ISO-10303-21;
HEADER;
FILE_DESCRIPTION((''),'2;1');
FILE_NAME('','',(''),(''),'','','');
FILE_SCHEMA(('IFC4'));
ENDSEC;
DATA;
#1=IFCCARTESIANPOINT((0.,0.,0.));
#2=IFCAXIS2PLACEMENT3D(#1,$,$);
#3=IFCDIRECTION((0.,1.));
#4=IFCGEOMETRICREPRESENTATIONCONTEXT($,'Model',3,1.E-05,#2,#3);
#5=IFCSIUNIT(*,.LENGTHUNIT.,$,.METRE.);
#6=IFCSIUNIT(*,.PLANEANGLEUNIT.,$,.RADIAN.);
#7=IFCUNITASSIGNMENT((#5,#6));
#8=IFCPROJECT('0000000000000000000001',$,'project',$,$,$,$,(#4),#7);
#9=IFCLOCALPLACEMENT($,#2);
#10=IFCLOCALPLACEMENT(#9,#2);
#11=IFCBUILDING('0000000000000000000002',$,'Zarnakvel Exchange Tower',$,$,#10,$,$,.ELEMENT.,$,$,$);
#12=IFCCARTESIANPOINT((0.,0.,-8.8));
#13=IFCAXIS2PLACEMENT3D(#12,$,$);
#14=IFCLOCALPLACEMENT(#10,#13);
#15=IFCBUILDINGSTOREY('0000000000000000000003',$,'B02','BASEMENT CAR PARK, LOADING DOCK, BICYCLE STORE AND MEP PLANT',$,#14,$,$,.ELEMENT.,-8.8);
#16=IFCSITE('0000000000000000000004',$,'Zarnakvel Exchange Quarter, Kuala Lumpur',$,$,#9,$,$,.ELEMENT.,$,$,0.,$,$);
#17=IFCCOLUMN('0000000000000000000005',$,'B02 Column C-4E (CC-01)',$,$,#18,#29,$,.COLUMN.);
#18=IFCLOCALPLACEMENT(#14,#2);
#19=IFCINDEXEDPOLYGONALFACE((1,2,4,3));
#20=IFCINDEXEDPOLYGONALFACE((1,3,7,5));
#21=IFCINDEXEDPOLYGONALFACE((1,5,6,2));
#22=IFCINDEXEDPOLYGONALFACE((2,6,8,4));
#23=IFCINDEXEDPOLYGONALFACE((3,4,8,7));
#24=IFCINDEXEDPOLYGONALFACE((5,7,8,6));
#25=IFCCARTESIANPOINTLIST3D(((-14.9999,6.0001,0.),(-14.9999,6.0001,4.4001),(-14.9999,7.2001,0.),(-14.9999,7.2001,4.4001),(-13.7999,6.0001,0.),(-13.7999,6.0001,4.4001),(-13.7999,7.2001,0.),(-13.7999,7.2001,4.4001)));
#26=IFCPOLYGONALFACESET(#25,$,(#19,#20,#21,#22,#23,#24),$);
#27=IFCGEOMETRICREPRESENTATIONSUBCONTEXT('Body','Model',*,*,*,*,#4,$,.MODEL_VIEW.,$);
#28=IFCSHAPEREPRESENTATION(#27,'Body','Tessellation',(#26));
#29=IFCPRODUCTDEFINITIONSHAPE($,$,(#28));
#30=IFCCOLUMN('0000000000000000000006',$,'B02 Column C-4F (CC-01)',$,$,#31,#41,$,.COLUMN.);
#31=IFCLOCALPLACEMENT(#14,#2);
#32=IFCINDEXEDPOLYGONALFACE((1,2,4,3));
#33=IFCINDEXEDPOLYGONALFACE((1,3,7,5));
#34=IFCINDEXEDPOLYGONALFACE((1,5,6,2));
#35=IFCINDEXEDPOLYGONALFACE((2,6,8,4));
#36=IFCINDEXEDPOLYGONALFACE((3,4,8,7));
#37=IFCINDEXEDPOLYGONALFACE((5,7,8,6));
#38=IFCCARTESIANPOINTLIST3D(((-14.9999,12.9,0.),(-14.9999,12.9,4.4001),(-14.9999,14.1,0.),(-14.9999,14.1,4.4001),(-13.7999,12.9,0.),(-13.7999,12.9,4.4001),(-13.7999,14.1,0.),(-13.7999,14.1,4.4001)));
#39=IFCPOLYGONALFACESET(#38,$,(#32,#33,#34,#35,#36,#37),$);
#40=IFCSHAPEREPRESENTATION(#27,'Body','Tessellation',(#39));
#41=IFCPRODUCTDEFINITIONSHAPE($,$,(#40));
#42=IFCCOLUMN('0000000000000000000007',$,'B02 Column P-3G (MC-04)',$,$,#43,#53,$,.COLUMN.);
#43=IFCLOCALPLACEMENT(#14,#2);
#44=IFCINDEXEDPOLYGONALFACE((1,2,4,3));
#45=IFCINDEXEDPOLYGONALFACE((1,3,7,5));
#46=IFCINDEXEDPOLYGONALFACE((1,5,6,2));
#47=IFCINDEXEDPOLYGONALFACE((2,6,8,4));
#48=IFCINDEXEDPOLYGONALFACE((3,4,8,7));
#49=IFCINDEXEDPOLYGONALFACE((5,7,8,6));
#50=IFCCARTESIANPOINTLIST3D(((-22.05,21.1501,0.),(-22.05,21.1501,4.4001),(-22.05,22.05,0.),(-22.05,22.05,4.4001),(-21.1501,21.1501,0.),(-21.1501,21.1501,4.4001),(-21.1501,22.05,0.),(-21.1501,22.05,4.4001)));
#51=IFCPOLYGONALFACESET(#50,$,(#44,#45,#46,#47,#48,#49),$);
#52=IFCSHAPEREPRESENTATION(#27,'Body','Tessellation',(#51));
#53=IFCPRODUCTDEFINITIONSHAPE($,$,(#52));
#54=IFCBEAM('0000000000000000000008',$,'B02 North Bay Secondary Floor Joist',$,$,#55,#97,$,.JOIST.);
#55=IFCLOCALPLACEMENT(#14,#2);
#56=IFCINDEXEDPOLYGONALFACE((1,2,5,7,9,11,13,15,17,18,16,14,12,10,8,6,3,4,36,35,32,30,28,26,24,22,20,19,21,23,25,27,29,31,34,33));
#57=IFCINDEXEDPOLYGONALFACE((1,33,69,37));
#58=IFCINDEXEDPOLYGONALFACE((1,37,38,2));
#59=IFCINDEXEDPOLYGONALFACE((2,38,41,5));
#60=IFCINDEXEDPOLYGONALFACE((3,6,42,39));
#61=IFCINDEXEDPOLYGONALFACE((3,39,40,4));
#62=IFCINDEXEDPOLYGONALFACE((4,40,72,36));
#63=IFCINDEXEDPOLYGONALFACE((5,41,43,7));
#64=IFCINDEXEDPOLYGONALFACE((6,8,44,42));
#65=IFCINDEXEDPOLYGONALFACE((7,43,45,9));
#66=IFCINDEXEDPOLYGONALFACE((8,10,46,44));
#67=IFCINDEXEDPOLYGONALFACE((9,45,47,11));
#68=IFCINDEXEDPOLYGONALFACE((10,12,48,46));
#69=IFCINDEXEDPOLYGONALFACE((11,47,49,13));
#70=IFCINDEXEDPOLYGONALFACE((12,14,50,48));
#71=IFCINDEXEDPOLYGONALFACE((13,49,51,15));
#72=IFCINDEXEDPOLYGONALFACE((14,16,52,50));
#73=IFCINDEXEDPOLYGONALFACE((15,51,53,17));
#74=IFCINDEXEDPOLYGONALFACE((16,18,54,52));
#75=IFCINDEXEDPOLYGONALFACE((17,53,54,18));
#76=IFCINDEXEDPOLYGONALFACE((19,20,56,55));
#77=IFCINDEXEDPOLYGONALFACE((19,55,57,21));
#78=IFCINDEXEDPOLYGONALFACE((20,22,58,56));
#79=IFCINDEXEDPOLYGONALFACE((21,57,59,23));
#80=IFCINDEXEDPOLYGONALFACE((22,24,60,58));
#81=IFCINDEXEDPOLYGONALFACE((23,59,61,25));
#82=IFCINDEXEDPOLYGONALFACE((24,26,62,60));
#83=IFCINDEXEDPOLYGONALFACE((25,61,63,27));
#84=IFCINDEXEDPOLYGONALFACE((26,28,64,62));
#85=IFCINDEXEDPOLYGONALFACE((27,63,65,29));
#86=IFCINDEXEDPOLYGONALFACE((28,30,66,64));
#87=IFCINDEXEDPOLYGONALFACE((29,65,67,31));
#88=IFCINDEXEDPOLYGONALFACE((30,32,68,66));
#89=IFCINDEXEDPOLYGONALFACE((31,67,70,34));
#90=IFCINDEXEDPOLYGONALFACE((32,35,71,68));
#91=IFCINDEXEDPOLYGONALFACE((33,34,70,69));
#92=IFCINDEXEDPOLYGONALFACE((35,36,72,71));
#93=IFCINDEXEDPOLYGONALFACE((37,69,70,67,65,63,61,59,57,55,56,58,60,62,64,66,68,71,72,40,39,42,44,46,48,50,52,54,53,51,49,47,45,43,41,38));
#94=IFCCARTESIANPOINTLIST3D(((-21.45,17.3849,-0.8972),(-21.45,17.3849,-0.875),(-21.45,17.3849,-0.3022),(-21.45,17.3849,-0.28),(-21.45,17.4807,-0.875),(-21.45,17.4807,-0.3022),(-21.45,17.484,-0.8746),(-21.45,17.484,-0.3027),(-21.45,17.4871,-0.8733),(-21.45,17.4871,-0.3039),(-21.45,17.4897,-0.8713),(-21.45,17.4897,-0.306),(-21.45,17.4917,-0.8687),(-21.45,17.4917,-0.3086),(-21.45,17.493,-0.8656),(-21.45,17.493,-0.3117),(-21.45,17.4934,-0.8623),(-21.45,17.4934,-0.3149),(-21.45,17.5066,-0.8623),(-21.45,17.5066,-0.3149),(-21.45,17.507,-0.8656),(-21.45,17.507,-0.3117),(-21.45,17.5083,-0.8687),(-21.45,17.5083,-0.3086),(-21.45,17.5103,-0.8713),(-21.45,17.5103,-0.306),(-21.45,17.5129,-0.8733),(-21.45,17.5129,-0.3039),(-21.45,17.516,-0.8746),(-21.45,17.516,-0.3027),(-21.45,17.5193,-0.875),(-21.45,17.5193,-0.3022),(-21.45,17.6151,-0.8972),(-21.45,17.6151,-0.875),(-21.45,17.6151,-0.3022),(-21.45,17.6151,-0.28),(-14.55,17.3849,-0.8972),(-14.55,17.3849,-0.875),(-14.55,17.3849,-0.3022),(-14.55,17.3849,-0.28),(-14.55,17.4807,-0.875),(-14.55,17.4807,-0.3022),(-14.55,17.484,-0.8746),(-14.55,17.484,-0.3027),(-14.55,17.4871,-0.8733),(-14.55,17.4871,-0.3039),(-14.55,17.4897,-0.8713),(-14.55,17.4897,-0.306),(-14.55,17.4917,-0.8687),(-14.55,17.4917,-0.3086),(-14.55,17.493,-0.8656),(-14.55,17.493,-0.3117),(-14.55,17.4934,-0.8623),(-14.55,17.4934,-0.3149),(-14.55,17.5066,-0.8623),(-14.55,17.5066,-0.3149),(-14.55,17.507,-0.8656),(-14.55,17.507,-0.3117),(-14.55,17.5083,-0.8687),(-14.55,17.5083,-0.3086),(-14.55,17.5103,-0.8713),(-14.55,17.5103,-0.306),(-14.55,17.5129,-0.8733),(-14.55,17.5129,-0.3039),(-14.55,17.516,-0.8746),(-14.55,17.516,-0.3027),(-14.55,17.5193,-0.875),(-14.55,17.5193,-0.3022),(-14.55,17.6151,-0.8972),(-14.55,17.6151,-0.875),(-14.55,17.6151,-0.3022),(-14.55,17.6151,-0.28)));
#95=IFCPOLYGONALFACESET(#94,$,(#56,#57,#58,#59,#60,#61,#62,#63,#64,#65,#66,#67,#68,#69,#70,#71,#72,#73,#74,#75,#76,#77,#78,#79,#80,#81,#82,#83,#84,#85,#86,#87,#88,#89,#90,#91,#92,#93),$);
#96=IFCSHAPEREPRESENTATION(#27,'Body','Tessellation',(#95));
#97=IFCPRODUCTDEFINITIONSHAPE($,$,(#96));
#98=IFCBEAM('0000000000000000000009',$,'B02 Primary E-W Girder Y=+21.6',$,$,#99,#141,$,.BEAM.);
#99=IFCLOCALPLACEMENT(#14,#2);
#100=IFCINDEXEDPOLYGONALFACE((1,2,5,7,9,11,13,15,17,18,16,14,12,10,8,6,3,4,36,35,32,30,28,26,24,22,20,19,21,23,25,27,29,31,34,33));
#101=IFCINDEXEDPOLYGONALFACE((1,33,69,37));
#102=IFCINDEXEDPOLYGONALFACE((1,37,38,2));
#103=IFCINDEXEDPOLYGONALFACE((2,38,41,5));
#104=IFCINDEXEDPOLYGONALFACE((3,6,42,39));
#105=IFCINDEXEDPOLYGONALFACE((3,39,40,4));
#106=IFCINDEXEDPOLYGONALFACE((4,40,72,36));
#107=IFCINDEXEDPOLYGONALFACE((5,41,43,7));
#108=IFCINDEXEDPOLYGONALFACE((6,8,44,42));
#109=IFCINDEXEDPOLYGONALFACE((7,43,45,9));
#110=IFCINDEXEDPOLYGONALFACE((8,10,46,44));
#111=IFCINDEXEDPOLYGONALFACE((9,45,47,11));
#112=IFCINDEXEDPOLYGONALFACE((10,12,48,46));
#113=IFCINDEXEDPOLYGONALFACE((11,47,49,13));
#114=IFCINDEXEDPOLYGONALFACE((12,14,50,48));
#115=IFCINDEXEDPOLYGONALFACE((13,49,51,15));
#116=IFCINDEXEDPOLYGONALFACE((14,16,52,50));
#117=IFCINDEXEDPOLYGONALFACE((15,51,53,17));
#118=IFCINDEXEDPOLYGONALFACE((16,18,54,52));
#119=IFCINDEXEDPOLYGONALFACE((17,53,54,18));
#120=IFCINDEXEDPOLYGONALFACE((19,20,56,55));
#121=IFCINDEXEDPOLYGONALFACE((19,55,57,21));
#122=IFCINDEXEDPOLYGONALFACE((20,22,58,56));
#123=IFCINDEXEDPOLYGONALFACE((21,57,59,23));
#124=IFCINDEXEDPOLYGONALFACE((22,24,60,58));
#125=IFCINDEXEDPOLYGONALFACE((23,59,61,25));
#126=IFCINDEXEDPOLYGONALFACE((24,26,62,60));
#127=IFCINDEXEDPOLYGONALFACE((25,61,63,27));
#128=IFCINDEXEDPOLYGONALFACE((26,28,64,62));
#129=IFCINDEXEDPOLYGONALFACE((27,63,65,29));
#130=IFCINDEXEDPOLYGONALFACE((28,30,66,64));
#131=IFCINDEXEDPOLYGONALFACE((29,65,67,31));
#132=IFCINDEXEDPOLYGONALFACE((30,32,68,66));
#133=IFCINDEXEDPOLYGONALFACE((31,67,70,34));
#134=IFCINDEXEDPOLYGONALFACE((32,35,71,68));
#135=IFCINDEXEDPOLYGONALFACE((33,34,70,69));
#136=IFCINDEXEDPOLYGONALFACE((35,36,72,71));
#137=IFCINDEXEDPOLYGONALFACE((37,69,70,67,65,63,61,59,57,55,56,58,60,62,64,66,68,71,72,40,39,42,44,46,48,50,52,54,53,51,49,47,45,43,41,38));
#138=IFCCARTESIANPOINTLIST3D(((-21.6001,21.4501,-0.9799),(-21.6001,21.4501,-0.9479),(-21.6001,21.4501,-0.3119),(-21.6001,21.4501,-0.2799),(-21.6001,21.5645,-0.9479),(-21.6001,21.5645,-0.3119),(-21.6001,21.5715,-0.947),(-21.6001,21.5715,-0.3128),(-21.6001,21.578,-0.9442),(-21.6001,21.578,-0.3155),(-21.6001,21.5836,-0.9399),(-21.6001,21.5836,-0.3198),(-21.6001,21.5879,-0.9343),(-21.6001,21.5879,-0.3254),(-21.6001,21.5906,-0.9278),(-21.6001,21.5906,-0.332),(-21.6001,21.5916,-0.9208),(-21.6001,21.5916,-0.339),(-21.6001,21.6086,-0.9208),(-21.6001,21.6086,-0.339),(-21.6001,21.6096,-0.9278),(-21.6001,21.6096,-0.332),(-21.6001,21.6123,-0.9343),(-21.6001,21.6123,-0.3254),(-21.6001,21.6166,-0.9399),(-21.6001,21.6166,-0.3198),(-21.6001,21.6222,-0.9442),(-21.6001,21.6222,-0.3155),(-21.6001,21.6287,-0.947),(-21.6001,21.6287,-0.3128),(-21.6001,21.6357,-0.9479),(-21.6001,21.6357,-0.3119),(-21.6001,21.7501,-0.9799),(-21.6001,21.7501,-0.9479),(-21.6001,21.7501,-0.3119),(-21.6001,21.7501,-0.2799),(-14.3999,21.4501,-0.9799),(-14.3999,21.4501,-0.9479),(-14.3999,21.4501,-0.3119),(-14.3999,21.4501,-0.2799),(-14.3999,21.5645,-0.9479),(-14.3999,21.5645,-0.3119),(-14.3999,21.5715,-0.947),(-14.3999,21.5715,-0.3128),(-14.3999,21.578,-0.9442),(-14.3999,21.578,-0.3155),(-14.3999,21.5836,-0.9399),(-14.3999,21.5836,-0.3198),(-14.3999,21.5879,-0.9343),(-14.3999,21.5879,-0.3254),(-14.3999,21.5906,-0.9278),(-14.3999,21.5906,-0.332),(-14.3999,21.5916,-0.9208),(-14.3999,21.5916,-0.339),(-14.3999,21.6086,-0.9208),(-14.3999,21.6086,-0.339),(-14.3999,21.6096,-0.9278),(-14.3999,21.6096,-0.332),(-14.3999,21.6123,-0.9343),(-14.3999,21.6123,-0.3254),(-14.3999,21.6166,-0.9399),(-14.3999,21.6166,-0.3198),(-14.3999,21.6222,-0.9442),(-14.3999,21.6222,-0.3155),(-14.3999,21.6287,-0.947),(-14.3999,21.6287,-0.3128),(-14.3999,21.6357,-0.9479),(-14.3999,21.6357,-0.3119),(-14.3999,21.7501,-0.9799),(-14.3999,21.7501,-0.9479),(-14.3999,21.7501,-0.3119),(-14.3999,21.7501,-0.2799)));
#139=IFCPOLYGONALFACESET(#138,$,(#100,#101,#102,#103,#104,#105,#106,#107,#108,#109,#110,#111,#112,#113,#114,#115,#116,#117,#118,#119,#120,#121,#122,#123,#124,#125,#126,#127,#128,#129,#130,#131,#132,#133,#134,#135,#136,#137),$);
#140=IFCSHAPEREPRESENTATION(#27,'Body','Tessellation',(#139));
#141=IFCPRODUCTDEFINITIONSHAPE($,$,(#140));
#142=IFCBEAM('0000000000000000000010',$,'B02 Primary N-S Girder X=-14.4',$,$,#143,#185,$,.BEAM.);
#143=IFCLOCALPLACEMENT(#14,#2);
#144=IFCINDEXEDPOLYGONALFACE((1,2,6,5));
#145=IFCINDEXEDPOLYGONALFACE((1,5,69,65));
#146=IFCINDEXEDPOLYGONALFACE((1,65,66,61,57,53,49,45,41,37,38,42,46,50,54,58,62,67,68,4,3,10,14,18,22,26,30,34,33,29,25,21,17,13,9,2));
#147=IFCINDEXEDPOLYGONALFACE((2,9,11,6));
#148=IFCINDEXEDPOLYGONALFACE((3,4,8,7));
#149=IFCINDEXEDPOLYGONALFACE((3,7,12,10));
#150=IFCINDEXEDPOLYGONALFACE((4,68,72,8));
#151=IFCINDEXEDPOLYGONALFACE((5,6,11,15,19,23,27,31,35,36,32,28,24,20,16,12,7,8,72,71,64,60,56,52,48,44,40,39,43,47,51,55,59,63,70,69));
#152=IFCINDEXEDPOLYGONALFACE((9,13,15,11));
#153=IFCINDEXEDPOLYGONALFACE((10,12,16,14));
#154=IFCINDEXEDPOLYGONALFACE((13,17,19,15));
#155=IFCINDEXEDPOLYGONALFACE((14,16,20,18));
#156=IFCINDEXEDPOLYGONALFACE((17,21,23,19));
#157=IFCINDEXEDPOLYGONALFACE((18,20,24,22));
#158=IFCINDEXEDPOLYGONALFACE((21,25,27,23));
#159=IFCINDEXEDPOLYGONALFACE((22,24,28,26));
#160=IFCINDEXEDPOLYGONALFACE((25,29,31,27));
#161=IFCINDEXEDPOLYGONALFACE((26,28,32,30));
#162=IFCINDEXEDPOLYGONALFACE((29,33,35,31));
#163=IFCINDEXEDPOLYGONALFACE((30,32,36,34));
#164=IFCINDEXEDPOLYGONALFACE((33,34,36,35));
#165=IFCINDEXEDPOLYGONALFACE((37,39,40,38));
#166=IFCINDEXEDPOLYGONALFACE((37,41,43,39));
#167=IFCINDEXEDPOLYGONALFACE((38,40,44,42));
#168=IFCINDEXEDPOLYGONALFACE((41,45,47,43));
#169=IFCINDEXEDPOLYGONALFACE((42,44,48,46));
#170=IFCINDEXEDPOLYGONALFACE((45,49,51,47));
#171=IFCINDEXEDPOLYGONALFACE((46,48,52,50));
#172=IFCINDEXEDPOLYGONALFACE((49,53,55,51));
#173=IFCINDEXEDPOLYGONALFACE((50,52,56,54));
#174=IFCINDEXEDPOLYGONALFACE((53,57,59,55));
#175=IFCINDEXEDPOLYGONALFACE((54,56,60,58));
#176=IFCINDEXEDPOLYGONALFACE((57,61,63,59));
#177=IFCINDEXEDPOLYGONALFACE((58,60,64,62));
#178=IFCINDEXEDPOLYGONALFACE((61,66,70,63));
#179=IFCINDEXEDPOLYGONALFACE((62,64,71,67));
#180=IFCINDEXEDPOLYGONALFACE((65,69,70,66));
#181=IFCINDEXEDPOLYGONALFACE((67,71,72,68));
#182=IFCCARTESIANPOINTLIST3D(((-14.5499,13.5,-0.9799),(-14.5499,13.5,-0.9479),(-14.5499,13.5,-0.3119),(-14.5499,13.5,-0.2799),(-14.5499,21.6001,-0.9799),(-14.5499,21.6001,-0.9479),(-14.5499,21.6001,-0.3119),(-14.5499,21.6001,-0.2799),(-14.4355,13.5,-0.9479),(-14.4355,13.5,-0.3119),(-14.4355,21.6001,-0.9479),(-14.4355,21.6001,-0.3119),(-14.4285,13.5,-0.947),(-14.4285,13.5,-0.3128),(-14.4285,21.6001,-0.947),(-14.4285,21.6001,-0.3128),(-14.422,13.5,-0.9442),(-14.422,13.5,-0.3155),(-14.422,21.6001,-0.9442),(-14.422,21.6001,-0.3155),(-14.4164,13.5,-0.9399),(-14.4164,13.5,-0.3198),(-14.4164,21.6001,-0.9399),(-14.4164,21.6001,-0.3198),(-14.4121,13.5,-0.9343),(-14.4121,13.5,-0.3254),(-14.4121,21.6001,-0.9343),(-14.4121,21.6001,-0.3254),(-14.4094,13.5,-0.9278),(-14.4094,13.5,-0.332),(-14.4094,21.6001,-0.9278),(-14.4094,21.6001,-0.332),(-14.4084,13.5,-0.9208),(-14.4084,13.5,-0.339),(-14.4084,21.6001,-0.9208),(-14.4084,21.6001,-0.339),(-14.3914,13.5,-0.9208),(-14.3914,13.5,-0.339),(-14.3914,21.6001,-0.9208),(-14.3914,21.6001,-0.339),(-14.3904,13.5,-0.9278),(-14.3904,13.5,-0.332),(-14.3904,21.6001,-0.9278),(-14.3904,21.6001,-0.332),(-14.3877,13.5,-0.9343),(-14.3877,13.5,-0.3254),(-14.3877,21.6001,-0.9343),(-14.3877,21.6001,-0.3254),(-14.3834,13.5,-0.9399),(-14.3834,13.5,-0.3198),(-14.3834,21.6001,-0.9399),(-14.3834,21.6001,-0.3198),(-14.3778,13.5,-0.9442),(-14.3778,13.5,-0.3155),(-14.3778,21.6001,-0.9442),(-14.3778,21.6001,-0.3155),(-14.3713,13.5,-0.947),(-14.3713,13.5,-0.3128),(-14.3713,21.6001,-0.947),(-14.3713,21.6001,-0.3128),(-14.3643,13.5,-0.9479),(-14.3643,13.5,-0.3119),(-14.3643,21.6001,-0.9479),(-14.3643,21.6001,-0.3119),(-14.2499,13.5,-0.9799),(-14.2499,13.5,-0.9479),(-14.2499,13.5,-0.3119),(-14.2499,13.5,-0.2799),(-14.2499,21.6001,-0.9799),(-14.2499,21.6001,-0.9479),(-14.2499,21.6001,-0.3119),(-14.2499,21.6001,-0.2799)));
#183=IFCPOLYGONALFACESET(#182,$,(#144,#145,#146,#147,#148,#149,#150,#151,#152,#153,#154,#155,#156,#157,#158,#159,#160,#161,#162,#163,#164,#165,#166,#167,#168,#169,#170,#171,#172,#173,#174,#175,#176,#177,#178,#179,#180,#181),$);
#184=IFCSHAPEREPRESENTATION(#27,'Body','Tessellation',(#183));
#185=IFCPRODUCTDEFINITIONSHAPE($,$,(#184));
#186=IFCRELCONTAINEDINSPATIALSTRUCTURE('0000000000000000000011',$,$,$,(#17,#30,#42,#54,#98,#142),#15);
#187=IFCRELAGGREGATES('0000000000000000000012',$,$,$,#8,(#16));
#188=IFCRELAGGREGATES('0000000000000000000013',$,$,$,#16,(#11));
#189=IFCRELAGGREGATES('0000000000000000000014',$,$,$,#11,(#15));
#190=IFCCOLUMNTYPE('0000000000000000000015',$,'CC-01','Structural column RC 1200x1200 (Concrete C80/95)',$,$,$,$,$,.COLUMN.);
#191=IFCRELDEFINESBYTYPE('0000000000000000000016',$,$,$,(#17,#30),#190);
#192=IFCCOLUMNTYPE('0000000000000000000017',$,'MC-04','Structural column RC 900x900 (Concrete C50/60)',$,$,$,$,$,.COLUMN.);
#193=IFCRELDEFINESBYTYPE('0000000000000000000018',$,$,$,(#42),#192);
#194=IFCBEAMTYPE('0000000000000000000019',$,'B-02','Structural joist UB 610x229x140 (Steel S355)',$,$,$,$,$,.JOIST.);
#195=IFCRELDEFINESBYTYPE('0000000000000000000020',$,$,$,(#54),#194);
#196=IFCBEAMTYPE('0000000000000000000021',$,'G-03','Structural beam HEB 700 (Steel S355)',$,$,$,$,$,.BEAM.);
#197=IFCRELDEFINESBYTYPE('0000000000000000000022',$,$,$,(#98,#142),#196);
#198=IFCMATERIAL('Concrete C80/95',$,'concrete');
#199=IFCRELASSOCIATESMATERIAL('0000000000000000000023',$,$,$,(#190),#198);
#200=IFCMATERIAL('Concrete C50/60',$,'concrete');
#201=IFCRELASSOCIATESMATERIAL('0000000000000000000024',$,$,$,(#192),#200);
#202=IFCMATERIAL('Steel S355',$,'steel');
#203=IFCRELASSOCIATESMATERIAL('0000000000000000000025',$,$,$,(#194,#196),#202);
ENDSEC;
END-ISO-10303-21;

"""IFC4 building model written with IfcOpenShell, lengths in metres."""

from ifc_helpers import new_model, si_unit, direction, frame, origin, origin_2d, place, context, subcontext, project, spatial, rectangle, i_section, extrude, material, material_profile, profile_set, type_object, element, save


model = new_model("IFC4")

# Units and contexts
model_context = context("Model", 3, precision=1e-05, world=origin(), true_north=direction((0.0, 1.0)))
body_context = subcontext(model_context, "Body", "Model", "MODEL_VIEW")
ifc_project = project(units=[si_unit("LENGTHUNIT", "METRE"), si_unit("PLANEANGLEUNIT", "RADIAN")], contexts=[model_context])

# Site, building, storey
site_placement = place(None, origin())
site = spatial("IfcSite", under=ifc_project, at=site_placement, Name="Zarnakvel Exchange Quarter, Kuala Lumpur", CompositionType="ELEMENT", RefElevation=0.0)
building_placement = place(site_placement, origin())
building = spatial("IfcBuilding", under=site, at=building_placement, Name="Zarnakvel Exchange Tower", CompositionType="ELEMENT")
storey_placement = place(building_placement, frame((0.0, 0.0, -8.8)))
storey = spatial("IfcBuildingStorey", under=building, at=storey_placement, Name="B02", Description="BASEMENT CAR PARK, LOADING DOCK, BICYCLE STORE AND MEP PLANT", CompositionType="ELEMENT", Elevation=-8.8)

# Columns
ifc_material_1 = material(Name="Concrete C80/95", Category="concrete")
ifc_material_profile_1 = material_profile(ifc_material_1, rectangle(XDim=1.2, YDim=1.2, at=origin_2d()))
ifc_profile_set_1 = profile_set([ifc_material_profile_1], Name="Concrete C80/95")
column_type_1 = type_object("IfcColumnType", Name="CC-01", Description="Structural column RC 1200x1200 (Concrete C80/95)", PredefinedType="COLUMN", material=ifc_profile_set_1)
for number, where, z_axis, x_axis, name in (
    (1, (-14.3999, 6.6001, 0.0), (0.0, 0.0, 1.0), (1.0, 0.0, 0.0), "B02 Column C-4E (CC-01)"),
    (2, (-14.3999, 13.5, 0.0), (0.0, 0.0, 1.0), (1.0, 0.0, 0.0), "B02 Column C-4F (CC-01)"),
):
    element("IfcColumn", number, at=place(storey_placement, frame(where, z_axis=z_axis, x_axis=x_axis)), inside=storey, type_object=column_type_1, Name=name, PredefinedType="COLUMN", context=body_context, shape_type="SweptSolid", body=[
        extrude(rectangle(XDim=1.2, YDim=1.2, at=origin_2d()), origin(), (0.0, 0.0, 1.0), 4.4001),
    ])
ifc_material_2 = material(Name="Concrete C50/60", Category="concrete")
ifc_material_profile_2 = material_profile(ifc_material_2, rectangle(XDim=0.8999, YDim=0.8999, at=origin_2d()))
ifc_profile_set_2 = profile_set([ifc_material_profile_2], Name="Concrete C50/60")
column_type_2 = type_object("IfcColumnType", Name="MC-04", Description="Structural column RC 900x900 (Concrete C50/60)", PredefinedType="COLUMN", material=ifc_profile_set_2)
column_placement = place(storey_placement, frame((-21.6001, 21.6001, 0.0), z_axis=(0.0, 0.0, 1.0), x_axis=(1.0, 0.0, 0.0)))
element("IfcColumn", 3, at=column_placement, inside=storey, type_object=column_type_2, Name="B02 Column P-3G (MC-04)", PredefinedType="COLUMN", context=body_context, shape_type="SweptSolid", body=[
    extrude(rectangle(XDim=0.8999, YDim=0.8999, at=origin_2d()), origin(), (0.0, 0.0, 1.0), 4.4001),
])

# Beams
ifc_material_3 = material(Name="Steel S355", Category="steel")
ifc_material_profile_3 = material_profile(ifc_material_3, i_section(OverallWidth=0.2302, OverallDepth=0.6172, WebThickness=0.0132, FlangeThickness=0.0222, FilletRadius=0.0127, at=origin_2d()))
ifc_profile_set_3 = profile_set([ifc_material_profile_3], Name="Steel S355")
beam_type_1 = type_object("IfcBeamType", Name="B-02", Description="Structural joist UB 610x229x140 (Steel S355)", PredefinedType="JOIST", material=ifc_profile_set_3)
beam_1_placement = place(storey_placement, frame((-21.45, 17.5, -0.5886), z_axis=(1.0, 0.0, 0.0), x_axis=(0.0, 1.0, 0.0)))
element("IfcBeam", 4, at=beam_1_placement, inside=storey, type_object=beam_type_1, Name="B02 North Bay Secondary Floor Joist", PredefinedType="JOIST", context=body_context, shape_type="SweptSolid", body=[
    extrude(i_section(OverallWidth=0.2302, OverallDepth=0.6172, WebThickness=0.0132, FlangeThickness=0.0222, FilletRadius=0.0127, at=origin_2d()), origin(), (0.0, 0.0, 1.0), 6.8999),
])
ifc_material_profile_4 = material_profile(ifc_material_3, i_section(OverallWidth=0.3, OverallDepth=0.7, WebThickness=0.0171, FlangeThickness=0.032, FilletRadius=0.0271, at=origin_2d()))
ifc_profile_set_4 = profile_set([ifc_material_profile_4], Name="Steel S355")
beam_type_2 = type_object("IfcBeamType", Name="G-03", Description="Structural beam HEB 700 (Steel S355)", PredefinedType="BEAM", material=ifc_profile_set_4)
beam_2_placement = place(storey_placement, frame((-21.6001, 21.6001, -0.6299), z_axis=(1.0, 0.0, 0.0), x_axis=(0.0, 1.0, 0.0)))
element("IfcBeam", 5, at=beam_2_placement, inside=storey, type_object=beam_type_2, Name="B02 Primary E-W Girder Y=+21.6", PredefinedType="BEAM", context=body_context, shape_type="SweptSolid", body=[
    extrude(i_section(OverallWidth=0.3, OverallDepth=0.7, WebThickness=0.0171, FlangeThickness=0.032, FilletRadius=0.0271, at=origin_2d()), origin(), (0.0, 0.0, 1.0), 7.2002),
])
beam_3_placement = place(storey_placement, frame((-14.3999, 13.5, -0.6299), z_axis=(0.0, 1.0, 0.0), x_axis=(-1.0, 0.0, 0.0)))
element("IfcBeam", 6, at=beam_3_placement, inside=storey, type_object=beam_type_2, Name="B02 Primary N-S Girder X=-14.4", PredefinedType="BEAM", context=body_context, shape_type="SweptSolid", body=[
    extrude(i_section(OverallWidth=0.3, OverallDepth=0.7, WebThickness=0.0171, FlangeThickness=0.032, FilletRadius=0.0271, at=origin_2d()), origin(), (0.0, 0.0, 1.0), 8.1001),
])

save(model, "model.ifc")
